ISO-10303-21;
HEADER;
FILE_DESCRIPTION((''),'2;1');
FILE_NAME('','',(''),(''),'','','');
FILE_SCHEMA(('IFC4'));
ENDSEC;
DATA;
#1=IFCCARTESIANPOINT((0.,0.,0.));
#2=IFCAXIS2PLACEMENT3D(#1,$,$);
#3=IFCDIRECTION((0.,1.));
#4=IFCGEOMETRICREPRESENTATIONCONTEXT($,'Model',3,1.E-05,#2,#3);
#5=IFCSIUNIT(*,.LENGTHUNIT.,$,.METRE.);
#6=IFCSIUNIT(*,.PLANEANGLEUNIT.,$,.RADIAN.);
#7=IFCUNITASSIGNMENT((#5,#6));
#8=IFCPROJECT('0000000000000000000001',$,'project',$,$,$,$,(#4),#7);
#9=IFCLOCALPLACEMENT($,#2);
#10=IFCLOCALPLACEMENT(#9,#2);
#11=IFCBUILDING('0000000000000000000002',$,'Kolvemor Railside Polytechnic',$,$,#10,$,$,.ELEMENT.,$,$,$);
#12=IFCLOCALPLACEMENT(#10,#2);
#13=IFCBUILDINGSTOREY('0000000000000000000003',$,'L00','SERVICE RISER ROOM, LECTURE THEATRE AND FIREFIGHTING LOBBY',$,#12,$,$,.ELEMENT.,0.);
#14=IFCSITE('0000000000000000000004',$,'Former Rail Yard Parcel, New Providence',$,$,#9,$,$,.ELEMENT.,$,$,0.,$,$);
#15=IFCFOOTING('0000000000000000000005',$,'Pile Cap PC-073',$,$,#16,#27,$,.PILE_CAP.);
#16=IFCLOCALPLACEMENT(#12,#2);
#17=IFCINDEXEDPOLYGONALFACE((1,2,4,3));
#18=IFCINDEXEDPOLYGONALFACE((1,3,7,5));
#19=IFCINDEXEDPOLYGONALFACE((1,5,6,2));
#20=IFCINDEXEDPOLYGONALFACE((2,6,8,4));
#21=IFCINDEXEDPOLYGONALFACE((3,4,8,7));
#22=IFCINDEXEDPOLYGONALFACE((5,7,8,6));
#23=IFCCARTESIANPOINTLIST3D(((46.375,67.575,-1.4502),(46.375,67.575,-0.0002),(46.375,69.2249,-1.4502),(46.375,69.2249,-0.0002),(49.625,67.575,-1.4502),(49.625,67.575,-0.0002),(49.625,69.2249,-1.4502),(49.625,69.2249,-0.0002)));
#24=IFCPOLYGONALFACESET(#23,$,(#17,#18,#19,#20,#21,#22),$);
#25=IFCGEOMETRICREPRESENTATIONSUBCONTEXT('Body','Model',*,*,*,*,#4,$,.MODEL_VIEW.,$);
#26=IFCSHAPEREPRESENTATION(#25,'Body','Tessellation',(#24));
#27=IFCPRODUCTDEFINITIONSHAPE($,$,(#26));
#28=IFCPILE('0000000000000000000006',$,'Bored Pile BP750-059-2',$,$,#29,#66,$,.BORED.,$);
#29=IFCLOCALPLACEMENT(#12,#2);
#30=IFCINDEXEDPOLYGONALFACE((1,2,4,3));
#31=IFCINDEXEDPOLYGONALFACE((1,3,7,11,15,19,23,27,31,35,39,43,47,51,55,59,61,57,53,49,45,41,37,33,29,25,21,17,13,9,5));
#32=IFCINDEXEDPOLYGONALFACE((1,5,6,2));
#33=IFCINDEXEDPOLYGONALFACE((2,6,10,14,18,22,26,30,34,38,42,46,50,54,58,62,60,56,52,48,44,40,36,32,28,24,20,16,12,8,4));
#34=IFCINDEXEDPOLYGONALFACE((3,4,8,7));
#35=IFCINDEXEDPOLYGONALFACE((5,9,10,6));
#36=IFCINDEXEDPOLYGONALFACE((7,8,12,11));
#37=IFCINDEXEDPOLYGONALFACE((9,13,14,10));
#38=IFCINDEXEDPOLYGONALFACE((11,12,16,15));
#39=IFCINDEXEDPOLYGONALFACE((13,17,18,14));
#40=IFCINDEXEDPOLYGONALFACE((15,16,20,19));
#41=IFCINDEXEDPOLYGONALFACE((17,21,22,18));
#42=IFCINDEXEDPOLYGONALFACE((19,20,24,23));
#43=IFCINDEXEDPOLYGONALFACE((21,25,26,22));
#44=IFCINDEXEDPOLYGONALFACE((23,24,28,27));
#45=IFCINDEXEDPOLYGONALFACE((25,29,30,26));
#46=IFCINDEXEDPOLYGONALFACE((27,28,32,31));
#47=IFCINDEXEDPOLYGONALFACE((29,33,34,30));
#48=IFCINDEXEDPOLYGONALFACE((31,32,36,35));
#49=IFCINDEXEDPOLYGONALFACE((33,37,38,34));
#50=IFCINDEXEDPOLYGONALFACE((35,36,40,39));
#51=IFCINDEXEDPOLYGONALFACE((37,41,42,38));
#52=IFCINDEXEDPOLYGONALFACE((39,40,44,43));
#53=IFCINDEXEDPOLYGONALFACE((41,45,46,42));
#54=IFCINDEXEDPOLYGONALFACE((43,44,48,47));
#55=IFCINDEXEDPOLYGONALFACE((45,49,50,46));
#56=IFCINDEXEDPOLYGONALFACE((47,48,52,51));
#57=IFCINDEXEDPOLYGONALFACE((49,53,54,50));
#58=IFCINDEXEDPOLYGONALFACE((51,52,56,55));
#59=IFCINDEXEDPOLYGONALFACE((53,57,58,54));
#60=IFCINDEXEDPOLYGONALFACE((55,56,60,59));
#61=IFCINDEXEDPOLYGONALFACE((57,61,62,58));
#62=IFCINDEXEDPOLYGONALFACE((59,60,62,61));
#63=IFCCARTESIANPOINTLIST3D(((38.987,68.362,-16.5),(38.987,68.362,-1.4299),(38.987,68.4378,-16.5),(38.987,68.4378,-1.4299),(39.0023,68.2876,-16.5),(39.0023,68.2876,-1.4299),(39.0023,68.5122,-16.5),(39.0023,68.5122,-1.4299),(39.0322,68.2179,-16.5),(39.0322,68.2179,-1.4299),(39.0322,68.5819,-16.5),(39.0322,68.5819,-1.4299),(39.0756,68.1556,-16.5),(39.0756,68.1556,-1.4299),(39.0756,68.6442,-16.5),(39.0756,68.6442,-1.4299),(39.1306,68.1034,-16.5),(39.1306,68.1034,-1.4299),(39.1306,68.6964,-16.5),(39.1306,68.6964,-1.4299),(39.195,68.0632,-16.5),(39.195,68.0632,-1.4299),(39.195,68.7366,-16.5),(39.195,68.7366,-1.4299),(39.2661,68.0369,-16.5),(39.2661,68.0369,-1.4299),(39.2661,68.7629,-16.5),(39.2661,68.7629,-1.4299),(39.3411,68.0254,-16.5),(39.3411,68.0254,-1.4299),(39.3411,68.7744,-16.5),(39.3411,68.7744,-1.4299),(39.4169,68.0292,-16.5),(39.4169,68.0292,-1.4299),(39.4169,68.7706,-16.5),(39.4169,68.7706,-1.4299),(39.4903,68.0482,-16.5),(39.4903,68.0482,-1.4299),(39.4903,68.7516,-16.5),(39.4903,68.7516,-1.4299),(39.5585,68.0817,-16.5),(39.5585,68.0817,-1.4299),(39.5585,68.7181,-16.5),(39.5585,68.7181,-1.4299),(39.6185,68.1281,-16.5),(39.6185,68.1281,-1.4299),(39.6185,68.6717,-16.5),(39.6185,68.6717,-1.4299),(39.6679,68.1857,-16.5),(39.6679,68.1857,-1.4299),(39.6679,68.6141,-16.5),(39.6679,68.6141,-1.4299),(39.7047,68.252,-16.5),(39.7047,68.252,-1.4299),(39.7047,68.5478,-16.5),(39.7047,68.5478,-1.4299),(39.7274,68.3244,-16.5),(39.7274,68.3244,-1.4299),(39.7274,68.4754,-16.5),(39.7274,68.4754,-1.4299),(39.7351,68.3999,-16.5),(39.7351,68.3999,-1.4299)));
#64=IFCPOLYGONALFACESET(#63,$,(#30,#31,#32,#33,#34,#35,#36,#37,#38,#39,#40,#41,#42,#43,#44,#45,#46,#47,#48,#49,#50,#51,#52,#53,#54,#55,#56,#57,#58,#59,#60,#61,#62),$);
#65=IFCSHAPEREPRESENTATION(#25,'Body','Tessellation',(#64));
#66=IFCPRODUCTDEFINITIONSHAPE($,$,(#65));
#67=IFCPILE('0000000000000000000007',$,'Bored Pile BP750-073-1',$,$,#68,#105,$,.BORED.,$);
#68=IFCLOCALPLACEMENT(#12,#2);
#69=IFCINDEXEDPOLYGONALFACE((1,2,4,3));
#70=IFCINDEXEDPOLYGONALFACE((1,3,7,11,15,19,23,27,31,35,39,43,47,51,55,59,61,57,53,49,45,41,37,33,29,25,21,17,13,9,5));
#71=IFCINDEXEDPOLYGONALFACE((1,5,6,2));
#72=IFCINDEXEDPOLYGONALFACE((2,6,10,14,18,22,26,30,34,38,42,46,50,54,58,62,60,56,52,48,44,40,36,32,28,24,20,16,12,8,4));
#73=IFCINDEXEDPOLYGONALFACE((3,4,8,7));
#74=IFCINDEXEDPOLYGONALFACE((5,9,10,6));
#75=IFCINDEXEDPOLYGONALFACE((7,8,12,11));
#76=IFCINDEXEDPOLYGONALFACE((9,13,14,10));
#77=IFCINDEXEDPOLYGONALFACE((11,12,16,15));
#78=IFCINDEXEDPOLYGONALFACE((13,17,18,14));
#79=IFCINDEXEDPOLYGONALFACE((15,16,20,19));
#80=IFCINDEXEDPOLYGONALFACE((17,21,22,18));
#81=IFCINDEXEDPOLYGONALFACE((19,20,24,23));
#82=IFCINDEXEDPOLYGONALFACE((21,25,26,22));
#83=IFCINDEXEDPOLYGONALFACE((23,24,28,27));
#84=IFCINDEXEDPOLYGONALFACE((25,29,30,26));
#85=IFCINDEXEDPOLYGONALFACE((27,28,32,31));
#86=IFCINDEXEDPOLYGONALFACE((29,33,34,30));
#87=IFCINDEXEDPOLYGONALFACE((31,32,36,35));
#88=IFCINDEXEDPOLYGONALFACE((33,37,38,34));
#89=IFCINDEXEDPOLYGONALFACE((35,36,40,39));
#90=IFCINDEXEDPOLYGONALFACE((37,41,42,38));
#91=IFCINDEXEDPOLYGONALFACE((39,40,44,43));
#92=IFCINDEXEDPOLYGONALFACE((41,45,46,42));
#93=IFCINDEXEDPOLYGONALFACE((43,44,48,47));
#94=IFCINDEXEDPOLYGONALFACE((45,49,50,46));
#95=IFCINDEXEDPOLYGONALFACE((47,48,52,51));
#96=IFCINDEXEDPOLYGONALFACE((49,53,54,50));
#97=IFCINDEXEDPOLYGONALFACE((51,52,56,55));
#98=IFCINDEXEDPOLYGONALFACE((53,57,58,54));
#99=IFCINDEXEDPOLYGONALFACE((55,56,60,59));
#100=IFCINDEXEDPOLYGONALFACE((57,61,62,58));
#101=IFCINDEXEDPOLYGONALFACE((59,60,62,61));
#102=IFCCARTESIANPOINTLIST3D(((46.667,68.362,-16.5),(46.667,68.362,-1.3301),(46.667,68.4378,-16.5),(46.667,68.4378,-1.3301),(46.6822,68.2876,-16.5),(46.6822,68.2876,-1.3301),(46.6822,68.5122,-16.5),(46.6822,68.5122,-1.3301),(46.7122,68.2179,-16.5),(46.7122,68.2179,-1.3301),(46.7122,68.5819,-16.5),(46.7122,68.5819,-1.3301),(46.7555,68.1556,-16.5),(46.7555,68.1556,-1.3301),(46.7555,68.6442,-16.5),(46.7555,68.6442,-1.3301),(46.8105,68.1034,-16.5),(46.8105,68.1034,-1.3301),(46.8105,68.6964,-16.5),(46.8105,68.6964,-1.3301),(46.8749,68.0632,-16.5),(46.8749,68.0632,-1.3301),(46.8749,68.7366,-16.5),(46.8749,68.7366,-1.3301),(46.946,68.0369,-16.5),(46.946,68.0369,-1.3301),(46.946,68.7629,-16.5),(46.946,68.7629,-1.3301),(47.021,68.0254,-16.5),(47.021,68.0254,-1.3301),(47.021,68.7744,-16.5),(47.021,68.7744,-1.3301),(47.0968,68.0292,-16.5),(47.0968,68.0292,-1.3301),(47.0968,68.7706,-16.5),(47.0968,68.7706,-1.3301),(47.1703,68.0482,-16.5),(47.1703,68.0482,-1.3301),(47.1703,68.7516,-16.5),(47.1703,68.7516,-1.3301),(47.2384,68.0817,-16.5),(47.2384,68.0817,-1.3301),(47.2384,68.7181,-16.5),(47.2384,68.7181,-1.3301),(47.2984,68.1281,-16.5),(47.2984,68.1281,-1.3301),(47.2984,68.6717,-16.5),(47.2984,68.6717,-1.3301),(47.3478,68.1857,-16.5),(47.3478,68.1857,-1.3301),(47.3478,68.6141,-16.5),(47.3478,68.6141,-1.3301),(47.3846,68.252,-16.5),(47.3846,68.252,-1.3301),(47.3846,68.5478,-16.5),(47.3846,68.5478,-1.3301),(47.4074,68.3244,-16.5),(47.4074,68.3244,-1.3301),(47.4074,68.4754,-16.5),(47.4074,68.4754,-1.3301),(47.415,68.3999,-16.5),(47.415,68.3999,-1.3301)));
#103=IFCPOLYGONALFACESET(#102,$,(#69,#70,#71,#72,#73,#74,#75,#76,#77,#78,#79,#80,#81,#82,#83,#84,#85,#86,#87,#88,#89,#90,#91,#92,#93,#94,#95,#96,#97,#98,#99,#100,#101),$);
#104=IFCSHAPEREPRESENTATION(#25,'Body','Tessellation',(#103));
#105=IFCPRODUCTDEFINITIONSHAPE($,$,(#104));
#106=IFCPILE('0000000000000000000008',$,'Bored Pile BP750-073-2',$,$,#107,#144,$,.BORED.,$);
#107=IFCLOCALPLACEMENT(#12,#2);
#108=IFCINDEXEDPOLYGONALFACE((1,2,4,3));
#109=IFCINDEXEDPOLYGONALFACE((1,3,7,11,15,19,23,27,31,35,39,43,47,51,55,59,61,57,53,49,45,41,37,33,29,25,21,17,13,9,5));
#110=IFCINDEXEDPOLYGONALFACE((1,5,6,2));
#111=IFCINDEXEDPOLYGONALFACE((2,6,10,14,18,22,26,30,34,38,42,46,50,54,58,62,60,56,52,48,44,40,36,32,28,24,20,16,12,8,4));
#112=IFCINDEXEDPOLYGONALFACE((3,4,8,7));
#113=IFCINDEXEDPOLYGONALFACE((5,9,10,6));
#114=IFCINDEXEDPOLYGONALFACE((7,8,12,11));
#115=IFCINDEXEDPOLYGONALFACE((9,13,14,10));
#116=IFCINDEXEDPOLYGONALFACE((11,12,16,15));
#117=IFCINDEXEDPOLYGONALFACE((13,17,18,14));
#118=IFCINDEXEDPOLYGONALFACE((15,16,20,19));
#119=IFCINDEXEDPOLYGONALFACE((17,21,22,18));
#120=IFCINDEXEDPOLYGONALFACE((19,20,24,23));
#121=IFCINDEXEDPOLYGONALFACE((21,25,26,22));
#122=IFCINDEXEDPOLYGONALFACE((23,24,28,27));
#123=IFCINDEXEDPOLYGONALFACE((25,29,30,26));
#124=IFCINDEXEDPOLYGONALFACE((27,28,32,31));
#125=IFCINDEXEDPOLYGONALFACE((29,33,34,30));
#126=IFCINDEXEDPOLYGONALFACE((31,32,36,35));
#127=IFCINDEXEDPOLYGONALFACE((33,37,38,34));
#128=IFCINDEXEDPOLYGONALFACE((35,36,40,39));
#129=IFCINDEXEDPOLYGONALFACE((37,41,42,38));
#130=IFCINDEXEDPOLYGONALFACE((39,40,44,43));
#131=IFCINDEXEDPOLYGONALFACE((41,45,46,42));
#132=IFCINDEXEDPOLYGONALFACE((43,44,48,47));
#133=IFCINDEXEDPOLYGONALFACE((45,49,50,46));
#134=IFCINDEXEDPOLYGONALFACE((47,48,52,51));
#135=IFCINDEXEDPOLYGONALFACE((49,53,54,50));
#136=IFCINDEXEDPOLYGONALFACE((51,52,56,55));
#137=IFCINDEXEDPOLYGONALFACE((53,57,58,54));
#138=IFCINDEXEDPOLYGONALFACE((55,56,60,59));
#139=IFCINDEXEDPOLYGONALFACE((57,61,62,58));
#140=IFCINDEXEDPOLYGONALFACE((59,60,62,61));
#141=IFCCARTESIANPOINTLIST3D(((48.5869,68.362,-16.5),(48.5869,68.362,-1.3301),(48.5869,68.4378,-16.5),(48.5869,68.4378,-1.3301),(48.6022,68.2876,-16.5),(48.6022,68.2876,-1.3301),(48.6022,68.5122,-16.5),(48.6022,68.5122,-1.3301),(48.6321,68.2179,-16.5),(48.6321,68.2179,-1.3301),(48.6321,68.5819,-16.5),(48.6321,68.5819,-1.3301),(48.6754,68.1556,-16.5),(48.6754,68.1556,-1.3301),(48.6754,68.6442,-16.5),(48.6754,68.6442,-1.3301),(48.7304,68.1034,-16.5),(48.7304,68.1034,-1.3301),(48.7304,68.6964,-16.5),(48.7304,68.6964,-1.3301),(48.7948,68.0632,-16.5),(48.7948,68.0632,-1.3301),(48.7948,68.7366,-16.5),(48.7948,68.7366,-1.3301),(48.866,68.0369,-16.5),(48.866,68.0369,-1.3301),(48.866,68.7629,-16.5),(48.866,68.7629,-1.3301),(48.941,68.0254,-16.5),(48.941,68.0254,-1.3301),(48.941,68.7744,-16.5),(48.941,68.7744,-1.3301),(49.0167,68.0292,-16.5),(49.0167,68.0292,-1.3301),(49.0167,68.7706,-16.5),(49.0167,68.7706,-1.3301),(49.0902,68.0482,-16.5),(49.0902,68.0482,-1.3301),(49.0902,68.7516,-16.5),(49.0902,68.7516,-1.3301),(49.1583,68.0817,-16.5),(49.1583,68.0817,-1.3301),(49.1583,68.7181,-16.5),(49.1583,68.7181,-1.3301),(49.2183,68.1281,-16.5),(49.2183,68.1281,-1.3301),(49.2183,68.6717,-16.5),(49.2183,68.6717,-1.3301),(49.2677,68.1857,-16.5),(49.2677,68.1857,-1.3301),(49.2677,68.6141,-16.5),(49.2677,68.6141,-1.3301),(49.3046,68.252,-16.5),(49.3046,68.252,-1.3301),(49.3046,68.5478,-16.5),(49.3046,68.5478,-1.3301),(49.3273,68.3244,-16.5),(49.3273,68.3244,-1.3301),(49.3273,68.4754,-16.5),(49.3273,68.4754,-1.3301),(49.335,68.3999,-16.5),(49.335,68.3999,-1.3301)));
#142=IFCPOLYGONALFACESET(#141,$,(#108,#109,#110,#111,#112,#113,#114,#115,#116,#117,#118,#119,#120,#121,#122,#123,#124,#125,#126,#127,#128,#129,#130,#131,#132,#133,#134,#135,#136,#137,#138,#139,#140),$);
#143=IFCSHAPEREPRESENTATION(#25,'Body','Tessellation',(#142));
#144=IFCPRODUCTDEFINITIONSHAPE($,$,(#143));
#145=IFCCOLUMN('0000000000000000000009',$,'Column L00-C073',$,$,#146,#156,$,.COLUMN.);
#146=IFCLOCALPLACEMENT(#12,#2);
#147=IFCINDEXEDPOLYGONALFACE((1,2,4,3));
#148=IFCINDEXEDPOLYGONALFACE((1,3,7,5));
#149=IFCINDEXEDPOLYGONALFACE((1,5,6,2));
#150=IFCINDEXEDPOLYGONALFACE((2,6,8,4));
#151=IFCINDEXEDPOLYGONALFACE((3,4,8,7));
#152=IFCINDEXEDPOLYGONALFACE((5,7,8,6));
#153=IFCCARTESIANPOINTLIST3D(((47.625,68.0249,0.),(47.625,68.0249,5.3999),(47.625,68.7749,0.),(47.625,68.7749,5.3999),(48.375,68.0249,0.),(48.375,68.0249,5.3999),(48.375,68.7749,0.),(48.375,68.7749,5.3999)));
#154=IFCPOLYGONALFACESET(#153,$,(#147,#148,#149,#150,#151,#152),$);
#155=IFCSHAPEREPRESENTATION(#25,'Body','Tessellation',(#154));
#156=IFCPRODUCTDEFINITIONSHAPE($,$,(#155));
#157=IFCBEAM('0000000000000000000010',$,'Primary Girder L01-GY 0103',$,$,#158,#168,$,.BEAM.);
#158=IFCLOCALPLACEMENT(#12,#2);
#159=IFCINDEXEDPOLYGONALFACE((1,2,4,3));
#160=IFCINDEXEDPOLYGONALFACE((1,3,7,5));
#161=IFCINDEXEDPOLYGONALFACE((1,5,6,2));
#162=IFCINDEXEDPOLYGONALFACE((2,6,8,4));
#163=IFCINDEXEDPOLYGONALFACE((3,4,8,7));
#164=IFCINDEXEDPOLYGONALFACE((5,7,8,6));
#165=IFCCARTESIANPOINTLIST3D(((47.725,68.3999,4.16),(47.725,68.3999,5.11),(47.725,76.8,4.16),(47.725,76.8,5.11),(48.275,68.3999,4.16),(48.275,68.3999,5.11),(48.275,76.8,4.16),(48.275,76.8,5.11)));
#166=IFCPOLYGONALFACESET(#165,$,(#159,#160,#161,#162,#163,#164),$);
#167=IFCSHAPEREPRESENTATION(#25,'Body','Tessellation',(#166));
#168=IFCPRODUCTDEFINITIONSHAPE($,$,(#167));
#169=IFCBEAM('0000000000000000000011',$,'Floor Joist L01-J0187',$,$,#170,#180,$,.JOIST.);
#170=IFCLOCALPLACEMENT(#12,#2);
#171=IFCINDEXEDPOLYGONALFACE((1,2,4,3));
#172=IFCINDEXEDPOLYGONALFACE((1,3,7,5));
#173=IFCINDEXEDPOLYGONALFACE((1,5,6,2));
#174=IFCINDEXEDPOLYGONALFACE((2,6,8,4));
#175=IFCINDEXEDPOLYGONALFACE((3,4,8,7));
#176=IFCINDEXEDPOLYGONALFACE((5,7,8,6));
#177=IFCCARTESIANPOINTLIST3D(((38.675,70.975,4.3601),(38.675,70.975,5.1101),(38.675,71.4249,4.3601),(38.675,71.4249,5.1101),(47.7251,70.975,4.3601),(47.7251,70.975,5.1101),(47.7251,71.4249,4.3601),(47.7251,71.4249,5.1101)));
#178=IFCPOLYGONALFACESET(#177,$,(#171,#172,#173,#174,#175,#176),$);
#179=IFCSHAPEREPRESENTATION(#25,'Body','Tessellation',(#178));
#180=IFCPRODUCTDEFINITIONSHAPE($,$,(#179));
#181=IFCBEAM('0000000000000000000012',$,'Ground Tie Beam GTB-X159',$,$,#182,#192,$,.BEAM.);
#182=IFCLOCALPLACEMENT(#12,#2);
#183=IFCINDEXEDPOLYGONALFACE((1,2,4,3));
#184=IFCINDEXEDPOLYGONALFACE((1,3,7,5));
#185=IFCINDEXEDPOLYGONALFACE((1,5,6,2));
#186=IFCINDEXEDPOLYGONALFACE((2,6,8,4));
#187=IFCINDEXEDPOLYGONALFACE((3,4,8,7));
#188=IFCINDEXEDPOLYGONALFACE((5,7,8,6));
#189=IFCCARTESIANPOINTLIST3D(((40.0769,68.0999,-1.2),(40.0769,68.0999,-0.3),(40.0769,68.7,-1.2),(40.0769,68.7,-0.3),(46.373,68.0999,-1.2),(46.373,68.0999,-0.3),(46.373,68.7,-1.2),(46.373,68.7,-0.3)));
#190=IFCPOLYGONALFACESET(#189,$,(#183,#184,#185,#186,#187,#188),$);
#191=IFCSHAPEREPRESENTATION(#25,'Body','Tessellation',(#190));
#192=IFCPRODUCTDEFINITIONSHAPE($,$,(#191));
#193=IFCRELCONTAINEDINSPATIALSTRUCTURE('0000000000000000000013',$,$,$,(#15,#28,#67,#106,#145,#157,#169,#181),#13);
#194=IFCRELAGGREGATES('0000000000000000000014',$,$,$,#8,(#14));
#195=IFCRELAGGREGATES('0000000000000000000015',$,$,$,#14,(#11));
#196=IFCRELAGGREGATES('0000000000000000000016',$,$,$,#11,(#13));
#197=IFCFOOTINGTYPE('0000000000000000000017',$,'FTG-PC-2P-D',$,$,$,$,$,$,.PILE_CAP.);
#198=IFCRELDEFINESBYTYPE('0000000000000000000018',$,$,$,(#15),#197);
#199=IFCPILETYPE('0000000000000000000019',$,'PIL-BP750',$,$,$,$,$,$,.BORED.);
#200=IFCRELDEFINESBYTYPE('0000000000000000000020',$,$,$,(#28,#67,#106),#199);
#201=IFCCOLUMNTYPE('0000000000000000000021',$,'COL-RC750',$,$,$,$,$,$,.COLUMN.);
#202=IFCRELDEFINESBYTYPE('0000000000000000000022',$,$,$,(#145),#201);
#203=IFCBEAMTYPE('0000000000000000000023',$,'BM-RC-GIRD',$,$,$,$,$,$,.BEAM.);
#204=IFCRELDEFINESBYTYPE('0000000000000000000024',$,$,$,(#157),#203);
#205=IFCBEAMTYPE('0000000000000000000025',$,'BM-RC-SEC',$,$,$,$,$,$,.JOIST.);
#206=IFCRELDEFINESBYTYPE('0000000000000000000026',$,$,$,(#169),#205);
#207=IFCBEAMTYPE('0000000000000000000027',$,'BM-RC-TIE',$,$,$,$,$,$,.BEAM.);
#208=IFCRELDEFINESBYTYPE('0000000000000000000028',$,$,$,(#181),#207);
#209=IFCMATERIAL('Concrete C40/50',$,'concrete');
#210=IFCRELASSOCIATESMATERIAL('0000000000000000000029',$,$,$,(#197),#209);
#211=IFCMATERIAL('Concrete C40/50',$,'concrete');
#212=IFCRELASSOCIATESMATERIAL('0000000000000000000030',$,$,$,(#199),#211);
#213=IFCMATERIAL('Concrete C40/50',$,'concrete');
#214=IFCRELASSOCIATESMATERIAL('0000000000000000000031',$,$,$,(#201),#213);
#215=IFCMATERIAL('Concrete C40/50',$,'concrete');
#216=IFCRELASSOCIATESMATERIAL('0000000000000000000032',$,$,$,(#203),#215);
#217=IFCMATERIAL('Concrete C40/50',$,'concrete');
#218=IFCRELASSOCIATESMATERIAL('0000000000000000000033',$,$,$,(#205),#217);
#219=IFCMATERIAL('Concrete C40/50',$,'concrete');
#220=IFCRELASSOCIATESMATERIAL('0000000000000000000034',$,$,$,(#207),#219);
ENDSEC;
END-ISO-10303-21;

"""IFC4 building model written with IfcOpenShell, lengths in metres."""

from ifc_helpers import new_model, si_unit, direction, frame, origin, origin_2d, place, context, subcontext, project, spatial, rectangle, circle, extrude, material, material_profile, profile_set, type_object, element, save


model = new_model("IFC4")

# Units and contexts
model_context = context("Model", 3, precision=1e-05, world=origin(), true_north=direction((0.0, 1.0)))
body_context = subcontext(model_context, "Body", "Model", "MODEL_VIEW")
ifc_project = project(units=[si_unit("LENGTHUNIT", "METRE"), si_unit("PLANEANGLEUNIT", "RADIAN")], contexts=[model_context])

# Site, building, storey
site_placement = place(None, origin())
site = spatial("IfcSite", under=ifc_project, at=site_placement, Name="Former Rail Yard Parcel, New Providence", CompositionType="ELEMENT", RefElevation=0.0)
building_placement = place(site_placement, origin())
building = spatial("IfcBuilding", under=site, at=building_placement, Name="Kolvemor Railside Polytechnic", CompositionType="ELEMENT")
storey_placement = place(building_placement, origin())
storey = spatial("IfcBuildingStorey", under=building, at=storey_placement, Name="L00", Description="SERVICE RISER ROOM, LECTURE THEATRE AND FIREFIGHTING LOBBY", CompositionType="ELEMENT", Elevation=0.0)

# Footing
ifc_material_1 = material(Name="Concrete C40/50", Category="concrete")
footing_type = type_object("IfcFootingType", Name="FTG-PC-2P-D", PredefinedType="PILE_CAP", material=ifc_material_1)
footing_placement = place(storey_placement, frame((48.0, 68.3999, -1.4502), z_axis=(0.0, 0.0, 1.0), x_axis=(1.0, 0.0, 0.0)))
element("IfcFooting", 1, at=footing_placement, inside=storey, type_object=footing_type, Name="Pile Cap PC-073", PredefinedType="PILE_CAP", context=body_context, shape_type="SweptSolid", body=[
    extrude(rectangle(XDim=3.25, YDim=1.6499, at=origin_2d()), origin(), (0.0, 0.0, 1.0), 1.45),
])

# Piles
ifc_material_2 = material(Name="Concrete C40/50", Category="concrete")
ifc_material_profile_1 = material_profile(ifc_material_2, circle(Radius=0.375, at=origin_2d()), Name="BP750")
ifc_profile_set_1 = profile_set([ifc_material_profile_1], Name="Concrete C40/50")
pile_type = type_object("IfcPileType", Name="PIL-BP750", PredefinedType="BORED", material=ifc_profile_set_1)
pile_placement = place(storey_placement, frame((39.3601, 68.3999, -1.4299), z_axis=(0.0, 0.0, -1.0), x_axis=(1.0, 0.0, 0.0)))
element("IfcPile", 2, at=pile_placement, inside=storey, type_object=pile_type, Name="Bored Pile BP750-059-2", PredefinedType="BORED", context=body_context, shape_type="SweptSolid", body=[
    extrude(circle(Radius=0.375, at=origin_2d()), origin(), (0.0, 0.0, 1.0), 15.0701),
])
for number, where, z_axis, x_axis, name in (
    (3, (47.04, 68.3999, -1.3301), (0.0, 0.0, -1.0), (1.0, 0.0, 0.0), "Bored Pile BP750-073-1"),
    (4, (48.96, 68.3999, -1.3301), (0.0, 0.0, -1.0), (1.0, 0.0, 0.0), "Bored Pile BP750-073-2"),
):
    element("IfcPile", number, at=place(storey_placement, frame(where, z_axis=z_axis, x_axis=x_axis)), inside=storey, type_object=pile_type, Name=name, PredefinedType="BORED", context=body_context, shape_type="SweptSolid", body=[
        extrude(circle(Radius=0.375, at=origin_2d()), origin(), (0.0, 0.0, 1.0), 15.1699),
    ])

# Column
ifc_material_3 = material(Name="Concrete C40/50", Category="concrete")
ifc_material_profile_2 = material_profile(ifc_material_3, rectangle(XDim=0.75, YDim=0.75, at=origin_2d()), Name="RC750x750")
ifc_profile_set_2 = profile_set([ifc_material_profile_2], Name="Concrete C40/50")
column_type = type_object("IfcColumnType", Name="COL-RC750", PredefinedType="COLUMN", material=ifc_profile_set_2)
column_placement = place(storey_placement, frame((48.0, 68.3999, 0.0), z_axis=(0.0, 0.0, 1.0), x_axis=(1.0, 0.0, 0.0)))
element("IfcColumn", 5, at=column_placement, inside=storey, type_object=column_type, Name="Column L00-C073", PredefinedType="COLUMN", context=body_context, shape_type="SweptSolid", body=[
    extrude(rectangle(XDim=0.75, YDim=0.75, at=origin_2d()), origin(), (0.0, 0.0, 1.0), 5.3999),
])

# Beams
ifc_material_4 = material(Name="Concrete C40/50", Category="concrete")
ifc_material_profile_3 = material_profile(ifc_material_4, rectangle(XDim=0.55, YDim=0.95, at=origin_2d()), Name="RC550x950")
ifc_profile_set_3 = profile_set([ifc_material_profile_3], Name="Concrete C40/50")
beam_type_1 = type_object("IfcBeamType", Name="BM-RC-GIRD", PredefinedType="BEAM", material=ifc_profile_set_3)
beam_1_placement = place(storey_placement, frame((48.0, 68.3999, 4.635), z_axis=(0.0, 1.0, 0.0), x_axis=(-1.0, 0.0, 0.0)))
element("IfcBeam", 6, at=beam_1_placement, inside=storey, type_object=beam_type_1, Name="Primary Girder L01-GY 0103", PredefinedType="BEAM", context=body_context, shape_type="SweptSolid", body=[
    extrude(rectangle(XDim=0.55, YDim=0.95, at=origin_2d()), origin(), (0.0, 0.0, 1.0), 8.4001),
])
ifc_material_5 = material(Name="Concrete C40/50", Category="concrete")
ifc_material_profile_4 = material_profile(ifc_material_5, rectangle(XDim=0.45, YDim=0.75, at=origin_2d()), Name="RC450x750")
ifc_profile_set_4 = profile_set([ifc_material_profile_4], Name="Concrete C40/50")
beam_type_2 = type_object("IfcBeamType", Name="BM-RC-SEC", PredefinedType="JOIST", material=ifc_profile_set_4)
beam_2_placement = place(storey_placement, frame((38.675, 71.2, 4.7351), z_axis=(1.0, 0.0, 0.0), x_axis=(0.0, 1.0, 0.0)))
element("IfcBeam", 7, at=beam_2_placement, inside=storey, type_object=beam_type_2, Name="Floor Joist L01-J0187", PredefinedType="JOIST", context=body_context, shape_type="SweptSolid", body=[
    extrude(rectangle(XDim=0.45, YDim=0.75, at=origin_2d()), origin(), (0.0, 0.0, 1.0), 9.05),
])
ifc_material_6 = material(Name="Concrete C40/50", Category="concrete")
ifc_material_profile_5 = material_profile(ifc_material_6, rectangle(XDim=0.6001, YDim=0.8999, at=origin_2d()), Name="RC600x900")
ifc_profile_set_5 = profile_set([ifc_material_profile_5], Name="Concrete C40/50")
beam_type_3 = type_object("IfcBeamType", Name="BM-RC-TIE", PredefinedType="BEAM", material=ifc_profile_set_5)
beam_3_placement = place(storey_placement, frame((40.0769, 68.3999, -0.75), z_axis=(1.0, 0.0, 0.0), x_axis=(0.0, 1.0, 0.0)))
element("IfcBeam", 8, at=beam_3_placement, inside=storey, type_object=beam_type_3, Name="Ground Tie Beam GTB-X159", PredefinedType="BEAM", context=body_context, shape_type="SweptSolid", body=[
    extrude(rectangle(XDim=0.6001, YDim=0.8999, at=origin_2d()), origin(), (0.0, 0.0, 1.0), 6.2961),
])

save(model, "model.ifc")
